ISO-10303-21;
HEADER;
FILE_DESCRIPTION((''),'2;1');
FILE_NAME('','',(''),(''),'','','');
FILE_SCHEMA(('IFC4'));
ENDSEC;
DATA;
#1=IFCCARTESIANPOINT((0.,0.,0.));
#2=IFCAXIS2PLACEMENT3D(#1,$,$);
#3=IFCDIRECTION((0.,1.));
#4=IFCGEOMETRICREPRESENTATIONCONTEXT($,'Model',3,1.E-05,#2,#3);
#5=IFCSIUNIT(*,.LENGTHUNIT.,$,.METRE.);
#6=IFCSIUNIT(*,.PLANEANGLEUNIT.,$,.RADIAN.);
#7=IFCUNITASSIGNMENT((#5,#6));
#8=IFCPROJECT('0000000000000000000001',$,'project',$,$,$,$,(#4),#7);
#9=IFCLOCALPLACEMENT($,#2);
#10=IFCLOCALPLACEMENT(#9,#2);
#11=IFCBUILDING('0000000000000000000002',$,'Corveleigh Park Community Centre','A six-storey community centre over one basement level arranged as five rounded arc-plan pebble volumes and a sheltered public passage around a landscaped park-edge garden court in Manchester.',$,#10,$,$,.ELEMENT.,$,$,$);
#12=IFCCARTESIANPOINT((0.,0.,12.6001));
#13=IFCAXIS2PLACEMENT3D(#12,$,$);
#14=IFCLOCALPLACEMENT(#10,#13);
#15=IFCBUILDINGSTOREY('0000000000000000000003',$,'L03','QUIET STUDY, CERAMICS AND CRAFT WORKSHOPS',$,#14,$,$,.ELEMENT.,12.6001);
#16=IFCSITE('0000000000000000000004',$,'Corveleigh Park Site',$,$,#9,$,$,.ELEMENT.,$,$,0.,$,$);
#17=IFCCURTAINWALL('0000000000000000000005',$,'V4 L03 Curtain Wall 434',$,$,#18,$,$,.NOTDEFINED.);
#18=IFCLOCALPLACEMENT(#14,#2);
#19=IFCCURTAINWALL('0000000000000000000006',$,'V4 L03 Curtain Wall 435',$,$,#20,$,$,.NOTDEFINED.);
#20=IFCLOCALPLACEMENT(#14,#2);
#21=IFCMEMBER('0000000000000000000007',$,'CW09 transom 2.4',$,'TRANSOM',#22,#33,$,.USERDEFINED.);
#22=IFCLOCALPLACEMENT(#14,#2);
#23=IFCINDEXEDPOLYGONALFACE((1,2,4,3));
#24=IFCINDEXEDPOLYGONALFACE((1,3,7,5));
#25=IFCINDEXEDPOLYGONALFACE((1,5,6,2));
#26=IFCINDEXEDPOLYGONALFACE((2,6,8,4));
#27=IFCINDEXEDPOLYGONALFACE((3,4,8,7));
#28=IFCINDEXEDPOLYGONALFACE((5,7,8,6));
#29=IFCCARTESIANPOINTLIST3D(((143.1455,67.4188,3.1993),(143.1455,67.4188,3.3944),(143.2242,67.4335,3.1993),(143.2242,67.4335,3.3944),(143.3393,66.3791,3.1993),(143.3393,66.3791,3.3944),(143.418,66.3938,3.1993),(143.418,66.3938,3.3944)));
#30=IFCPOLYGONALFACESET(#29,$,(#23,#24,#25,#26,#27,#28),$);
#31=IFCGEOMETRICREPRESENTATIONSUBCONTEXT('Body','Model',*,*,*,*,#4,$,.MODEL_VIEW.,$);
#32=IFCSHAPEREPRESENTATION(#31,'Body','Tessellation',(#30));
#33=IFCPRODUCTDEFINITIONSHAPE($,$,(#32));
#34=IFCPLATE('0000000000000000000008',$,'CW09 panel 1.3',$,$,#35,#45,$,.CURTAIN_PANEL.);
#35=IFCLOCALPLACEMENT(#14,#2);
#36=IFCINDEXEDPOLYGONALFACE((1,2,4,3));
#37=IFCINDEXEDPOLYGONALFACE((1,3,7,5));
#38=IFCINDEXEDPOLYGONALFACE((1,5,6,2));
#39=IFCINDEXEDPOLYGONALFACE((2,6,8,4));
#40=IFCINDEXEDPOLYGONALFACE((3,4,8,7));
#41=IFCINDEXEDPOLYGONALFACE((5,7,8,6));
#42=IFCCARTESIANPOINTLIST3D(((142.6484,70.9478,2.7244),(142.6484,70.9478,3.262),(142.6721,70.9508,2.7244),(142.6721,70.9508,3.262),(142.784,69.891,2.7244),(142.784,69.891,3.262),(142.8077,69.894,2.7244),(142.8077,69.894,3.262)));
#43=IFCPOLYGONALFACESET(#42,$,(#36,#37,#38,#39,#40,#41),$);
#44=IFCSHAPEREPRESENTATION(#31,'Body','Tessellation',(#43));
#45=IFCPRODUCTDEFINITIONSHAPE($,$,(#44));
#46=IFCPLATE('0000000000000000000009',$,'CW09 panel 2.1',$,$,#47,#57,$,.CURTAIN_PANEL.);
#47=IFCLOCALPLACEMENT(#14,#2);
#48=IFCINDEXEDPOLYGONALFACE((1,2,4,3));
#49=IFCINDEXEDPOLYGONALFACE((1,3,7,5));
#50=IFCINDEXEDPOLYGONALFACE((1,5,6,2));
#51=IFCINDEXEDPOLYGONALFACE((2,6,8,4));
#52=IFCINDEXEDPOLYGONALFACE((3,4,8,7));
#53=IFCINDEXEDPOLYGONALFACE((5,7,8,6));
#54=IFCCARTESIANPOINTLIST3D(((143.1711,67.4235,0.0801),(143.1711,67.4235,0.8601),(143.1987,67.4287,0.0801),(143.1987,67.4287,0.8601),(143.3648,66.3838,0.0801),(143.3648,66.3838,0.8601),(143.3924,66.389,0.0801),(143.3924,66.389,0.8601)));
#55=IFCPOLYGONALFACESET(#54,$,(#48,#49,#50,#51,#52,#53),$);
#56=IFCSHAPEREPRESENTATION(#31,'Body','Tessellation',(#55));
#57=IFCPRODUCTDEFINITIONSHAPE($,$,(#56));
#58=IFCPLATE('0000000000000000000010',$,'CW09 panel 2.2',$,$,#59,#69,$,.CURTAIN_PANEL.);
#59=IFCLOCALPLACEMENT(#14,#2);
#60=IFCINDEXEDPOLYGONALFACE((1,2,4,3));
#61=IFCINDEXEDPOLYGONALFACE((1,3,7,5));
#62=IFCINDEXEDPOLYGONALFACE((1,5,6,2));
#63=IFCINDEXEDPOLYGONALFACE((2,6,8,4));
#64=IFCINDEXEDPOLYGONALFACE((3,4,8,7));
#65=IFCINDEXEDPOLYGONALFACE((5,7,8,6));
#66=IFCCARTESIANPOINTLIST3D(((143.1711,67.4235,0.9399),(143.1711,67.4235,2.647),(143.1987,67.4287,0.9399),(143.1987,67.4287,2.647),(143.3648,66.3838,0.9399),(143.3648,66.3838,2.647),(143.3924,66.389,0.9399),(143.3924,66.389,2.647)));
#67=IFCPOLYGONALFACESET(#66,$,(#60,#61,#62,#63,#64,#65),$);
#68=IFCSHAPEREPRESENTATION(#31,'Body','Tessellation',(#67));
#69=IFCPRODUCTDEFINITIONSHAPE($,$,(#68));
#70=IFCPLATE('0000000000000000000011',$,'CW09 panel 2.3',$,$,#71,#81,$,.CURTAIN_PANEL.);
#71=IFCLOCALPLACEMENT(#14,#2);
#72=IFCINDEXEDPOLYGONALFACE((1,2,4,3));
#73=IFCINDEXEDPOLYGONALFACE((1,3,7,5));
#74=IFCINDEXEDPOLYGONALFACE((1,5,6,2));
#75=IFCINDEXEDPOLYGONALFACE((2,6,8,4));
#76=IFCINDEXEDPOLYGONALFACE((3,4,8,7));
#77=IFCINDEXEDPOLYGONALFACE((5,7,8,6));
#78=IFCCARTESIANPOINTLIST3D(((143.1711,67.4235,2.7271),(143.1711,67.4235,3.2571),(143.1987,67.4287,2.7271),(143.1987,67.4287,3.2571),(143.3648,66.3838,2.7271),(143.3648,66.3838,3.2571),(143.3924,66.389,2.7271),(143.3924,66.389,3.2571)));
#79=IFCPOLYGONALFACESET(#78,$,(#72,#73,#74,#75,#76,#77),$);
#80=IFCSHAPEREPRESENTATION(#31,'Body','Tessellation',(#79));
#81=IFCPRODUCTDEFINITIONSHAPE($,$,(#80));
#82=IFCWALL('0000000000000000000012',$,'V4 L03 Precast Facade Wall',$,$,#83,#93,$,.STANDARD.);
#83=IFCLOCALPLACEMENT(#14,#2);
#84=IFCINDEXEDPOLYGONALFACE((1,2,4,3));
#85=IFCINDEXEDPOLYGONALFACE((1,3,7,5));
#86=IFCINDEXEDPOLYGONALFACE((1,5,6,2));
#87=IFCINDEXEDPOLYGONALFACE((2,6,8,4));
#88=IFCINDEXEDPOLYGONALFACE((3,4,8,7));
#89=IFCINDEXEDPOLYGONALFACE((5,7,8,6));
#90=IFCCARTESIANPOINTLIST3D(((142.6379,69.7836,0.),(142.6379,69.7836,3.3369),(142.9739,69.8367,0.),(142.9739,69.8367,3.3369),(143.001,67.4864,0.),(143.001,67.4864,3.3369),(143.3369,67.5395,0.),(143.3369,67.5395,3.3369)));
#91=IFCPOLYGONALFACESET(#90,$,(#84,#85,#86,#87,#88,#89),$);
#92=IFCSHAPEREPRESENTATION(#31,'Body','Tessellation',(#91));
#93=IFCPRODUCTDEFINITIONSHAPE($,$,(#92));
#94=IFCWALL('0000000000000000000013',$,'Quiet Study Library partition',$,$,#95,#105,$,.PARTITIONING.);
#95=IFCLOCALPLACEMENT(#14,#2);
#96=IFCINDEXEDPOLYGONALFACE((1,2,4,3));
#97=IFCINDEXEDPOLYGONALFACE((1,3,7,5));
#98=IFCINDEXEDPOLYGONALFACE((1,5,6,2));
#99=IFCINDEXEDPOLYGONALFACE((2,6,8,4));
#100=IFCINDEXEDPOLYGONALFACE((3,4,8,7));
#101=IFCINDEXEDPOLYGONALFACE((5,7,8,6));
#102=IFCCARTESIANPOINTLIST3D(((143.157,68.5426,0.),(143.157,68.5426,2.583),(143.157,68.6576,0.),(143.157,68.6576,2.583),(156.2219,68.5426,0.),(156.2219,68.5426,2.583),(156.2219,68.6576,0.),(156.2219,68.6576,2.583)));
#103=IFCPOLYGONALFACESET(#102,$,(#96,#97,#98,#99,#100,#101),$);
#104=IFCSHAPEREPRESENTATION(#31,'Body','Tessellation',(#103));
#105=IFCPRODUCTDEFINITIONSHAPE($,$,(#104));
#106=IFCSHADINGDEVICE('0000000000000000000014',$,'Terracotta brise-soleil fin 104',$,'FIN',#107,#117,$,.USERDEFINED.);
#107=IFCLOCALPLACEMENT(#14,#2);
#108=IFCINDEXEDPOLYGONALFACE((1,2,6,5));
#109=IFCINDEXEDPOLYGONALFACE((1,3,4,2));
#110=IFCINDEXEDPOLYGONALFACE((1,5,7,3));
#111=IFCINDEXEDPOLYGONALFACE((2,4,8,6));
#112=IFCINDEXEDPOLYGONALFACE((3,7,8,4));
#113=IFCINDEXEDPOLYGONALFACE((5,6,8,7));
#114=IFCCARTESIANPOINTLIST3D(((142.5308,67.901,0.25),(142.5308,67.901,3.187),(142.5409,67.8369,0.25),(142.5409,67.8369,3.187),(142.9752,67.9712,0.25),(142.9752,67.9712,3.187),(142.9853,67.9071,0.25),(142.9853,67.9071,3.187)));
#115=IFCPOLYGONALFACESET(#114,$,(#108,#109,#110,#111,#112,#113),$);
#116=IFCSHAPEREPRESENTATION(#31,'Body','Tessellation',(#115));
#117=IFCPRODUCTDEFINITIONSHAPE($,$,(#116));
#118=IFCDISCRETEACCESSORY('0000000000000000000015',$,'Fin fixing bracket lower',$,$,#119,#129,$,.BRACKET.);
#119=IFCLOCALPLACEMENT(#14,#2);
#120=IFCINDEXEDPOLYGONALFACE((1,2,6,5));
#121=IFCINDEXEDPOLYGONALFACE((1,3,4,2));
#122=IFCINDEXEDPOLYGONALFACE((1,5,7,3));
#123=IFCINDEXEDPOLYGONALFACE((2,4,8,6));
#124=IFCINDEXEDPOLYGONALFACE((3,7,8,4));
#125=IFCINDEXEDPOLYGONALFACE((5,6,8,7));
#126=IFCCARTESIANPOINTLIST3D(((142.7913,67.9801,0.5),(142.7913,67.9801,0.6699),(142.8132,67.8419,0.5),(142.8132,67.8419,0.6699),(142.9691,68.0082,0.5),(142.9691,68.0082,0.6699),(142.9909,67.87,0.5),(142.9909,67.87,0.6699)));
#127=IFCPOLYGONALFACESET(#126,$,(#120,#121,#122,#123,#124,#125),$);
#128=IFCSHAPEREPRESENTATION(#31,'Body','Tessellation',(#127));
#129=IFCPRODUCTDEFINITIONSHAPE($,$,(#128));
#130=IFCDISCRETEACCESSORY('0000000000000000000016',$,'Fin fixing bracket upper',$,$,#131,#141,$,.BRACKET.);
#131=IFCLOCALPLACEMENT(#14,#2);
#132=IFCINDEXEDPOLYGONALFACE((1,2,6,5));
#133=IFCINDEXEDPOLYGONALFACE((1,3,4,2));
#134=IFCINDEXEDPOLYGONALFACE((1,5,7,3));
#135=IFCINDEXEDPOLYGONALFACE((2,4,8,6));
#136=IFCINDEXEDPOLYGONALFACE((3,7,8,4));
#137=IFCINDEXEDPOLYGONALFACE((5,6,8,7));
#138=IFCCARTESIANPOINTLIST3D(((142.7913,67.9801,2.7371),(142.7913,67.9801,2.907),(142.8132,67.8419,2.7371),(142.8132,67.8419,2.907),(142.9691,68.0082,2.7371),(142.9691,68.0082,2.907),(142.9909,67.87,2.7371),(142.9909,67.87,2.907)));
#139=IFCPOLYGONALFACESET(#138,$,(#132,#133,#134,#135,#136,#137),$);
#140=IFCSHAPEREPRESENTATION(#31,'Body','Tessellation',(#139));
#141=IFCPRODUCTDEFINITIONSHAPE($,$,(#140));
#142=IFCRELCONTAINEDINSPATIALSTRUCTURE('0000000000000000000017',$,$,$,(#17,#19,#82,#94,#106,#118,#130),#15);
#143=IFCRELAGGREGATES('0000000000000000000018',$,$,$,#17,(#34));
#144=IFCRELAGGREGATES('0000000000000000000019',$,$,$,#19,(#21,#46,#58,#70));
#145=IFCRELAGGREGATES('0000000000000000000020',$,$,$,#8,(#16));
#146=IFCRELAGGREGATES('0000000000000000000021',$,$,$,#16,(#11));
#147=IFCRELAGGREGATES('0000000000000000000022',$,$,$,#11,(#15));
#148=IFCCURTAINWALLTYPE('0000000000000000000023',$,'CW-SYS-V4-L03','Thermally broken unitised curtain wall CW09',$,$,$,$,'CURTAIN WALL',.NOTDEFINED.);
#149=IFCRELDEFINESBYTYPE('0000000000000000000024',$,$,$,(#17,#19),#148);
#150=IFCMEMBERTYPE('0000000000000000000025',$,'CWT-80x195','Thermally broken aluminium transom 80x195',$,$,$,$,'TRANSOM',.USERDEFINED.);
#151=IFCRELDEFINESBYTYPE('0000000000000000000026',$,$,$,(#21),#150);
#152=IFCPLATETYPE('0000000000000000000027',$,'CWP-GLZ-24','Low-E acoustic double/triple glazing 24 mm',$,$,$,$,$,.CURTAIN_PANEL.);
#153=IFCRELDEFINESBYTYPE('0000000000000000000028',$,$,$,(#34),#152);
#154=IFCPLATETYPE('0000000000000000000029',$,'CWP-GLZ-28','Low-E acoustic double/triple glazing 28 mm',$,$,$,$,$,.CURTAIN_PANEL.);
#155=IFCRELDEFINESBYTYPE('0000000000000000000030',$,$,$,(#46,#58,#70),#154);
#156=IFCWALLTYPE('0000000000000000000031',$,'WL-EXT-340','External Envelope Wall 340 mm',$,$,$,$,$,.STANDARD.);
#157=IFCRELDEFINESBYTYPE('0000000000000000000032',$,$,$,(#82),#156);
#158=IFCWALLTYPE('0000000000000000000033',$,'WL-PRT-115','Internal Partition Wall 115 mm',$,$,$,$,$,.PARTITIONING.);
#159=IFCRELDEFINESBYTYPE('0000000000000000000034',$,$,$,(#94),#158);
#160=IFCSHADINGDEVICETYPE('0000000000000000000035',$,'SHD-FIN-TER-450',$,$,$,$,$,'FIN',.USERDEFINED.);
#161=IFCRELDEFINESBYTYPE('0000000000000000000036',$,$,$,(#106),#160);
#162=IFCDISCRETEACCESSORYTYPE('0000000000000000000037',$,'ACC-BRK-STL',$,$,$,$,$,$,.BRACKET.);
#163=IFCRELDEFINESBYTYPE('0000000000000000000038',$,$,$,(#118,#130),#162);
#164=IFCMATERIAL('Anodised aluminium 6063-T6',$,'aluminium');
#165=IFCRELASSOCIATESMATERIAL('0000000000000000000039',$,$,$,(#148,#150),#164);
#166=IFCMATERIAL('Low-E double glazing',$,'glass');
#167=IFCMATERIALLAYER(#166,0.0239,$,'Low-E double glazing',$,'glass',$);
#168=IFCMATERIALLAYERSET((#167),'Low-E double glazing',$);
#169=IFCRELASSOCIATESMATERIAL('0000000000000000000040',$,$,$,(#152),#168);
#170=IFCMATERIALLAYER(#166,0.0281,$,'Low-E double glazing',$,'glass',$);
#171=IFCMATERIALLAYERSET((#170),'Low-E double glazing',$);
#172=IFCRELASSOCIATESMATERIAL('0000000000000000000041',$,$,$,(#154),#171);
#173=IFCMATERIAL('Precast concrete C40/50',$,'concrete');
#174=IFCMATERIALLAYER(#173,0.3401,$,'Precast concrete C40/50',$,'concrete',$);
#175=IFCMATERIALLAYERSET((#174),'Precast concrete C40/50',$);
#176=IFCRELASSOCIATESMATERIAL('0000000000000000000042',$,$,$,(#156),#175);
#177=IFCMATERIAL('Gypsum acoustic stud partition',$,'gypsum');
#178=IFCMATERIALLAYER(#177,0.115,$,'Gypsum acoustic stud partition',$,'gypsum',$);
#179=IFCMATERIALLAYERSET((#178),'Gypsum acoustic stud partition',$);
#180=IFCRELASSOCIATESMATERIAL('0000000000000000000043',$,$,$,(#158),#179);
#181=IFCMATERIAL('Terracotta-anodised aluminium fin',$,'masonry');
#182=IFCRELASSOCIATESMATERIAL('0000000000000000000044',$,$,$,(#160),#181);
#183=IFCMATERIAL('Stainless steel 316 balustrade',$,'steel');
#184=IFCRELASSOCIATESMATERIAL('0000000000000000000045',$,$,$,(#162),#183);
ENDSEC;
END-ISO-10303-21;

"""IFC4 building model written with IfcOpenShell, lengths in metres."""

from ifc_helpers import new_model, si_unit, direction, frame, frame_2d, origin, origin_2d, place, context, subcontext, project, spatial, rectangle, extrude, material, layer, layer_set, material_profile, profile_set, type_object, element, aggregate, save


model = new_model("IFC4")

# Units and contexts
model_context = context("Model", 3, precision=1e-05, world=origin(), true_north=direction((0.0, 1.0)))
body_context = subcontext(model_context, "Body", "Model", "MODEL_VIEW")
ifc_project = project(units=[si_unit("LENGTHUNIT", "METRE"), si_unit("PLANEANGLEUNIT", "RADIAN")], contexts=[model_context])

# Site, building, storey
site_placement = place(None, origin())
site = spatial("IfcSite", under=ifc_project, at=site_placement, Name="Corveleigh Park Site", CompositionType="ELEMENT", RefElevation=0.0)
building_placement = place(site_placement, origin())
building = spatial("IfcBuilding", under=site, at=building_placement, Name="Corveleigh Park Community Centre", Description="A six-storey community centre over one basement level arranged as five rounded arc-plan pebble volumes and a sheltered public passage around a landscaped park-edge garden court in Manchester.", CompositionType="ELEMENT")
storey_placement = place(building_placement, frame((0.0, 0.0, 12.6001)))
storey = spatial("IfcBuildingStorey", under=building, at=storey_placement, Name="L03", Description="QUIET STUDY, CERAMICS AND CRAFT WORKSHOPS", CompositionType="ELEMENT", Elevation=12.6001)

# Curtain wall
ifc_material_1 = material(Name="Anodised aluminium 6063-T6", Category="aluminium")
curtain_wall_type = type_object("IfcCurtainWallType", Name="CW-SYS-V4-L03", Description="Thermally broken unitised curtain wall CW09", ElementType="CURTAIN WALL", PredefinedType="NOTDEFINED", material=ifc_material_1)
curtain_wall_1_placement = place(storey_placement, origin())
curtain_wall_1 = element("IfcCurtainWall", 1, at=curtain_wall_1_placement, inside=storey, type_object=curtain_wall_type, Name="V4 L03 Curtain Wall 434", PredefinedType="NOTDEFINED")

# Curtain wall
curtain_wall_2_placement = place(storey_placement, origin())
curtain_wall_2 = element("IfcCurtainWall", 2, at=curtain_wall_2_placement, inside=storey, type_object=curtain_wall_type, Name="V4 L03 Curtain Wall 435", PredefinedType="NOTDEFINED")

# Member
ifc_material_profile_1 = material_profile(ifc_material_1, rectangle(XDim=0.0801, YDim=0.1951, at=origin_2d()), Name="ALU-T80x195", Category="aluminium")
ifc_profile_set_1 = profile_set([ifc_material_profile_1], Name="Anodised aluminium 6063-T6")
member_type_1 = type_object("IfcMemberType", Name="CWT-80x195", Description="Thermally broken aluminium transom 80x195", ElementType="TRANSOM", PredefinedType="USERDEFINED", material=ifc_profile_set_1)
member_1_placement = place(storey_placement, frame((143.3787, 66.3865, 3.2969), z_axis=(-0.183271, 0.983062, 0.0), x_axis=(-0.983062, -0.183271, 0.0)))
member_1 = element("IfcMember", 3, at=member_1_placement, type_object=member_type_1, Name="CW09 transom 2.4", ObjectType="TRANSOM", PredefinedType="USERDEFINED", context=body_context, shape_type="SweptSolid", body=[
    extrude(rectangle(XDim=0.0801, YDim=0.1951, at=origin_2d()), origin(), (0.0, 0.0, 1.0), 1.0576),
])

# Plates
ifc_material_2 = material(Name="Low-E double glazing", Category="glass")
ifc_layer_1 = layer(ifc_material_2, 0.0239, Name="Low-E double glazing", Category="glass")
ifc_layer_set_1 = layer_set([ifc_layer_1], Name="Low-E double glazing")
plate_type_1 = type_object("IfcPlateType", Name="CWP-GLZ-24", Description="Low-E acoustic double/triple glazing 24 mm", PredefinedType="CURTAIN_PANEL", material=ifc_layer_set_1)
plate_1_placement = place(storey_placement, frame((142.728, 70.4209, 2.7244), z_axis=(0.0, 0.0, 1.0), x_axis=(-0.127262, 0.991869, 0.0)))
plate_1 = element("IfcPlate", 4, at=plate_1_placement, type_object=plate_type_1, Name="CW09 panel 1.3", PredefinedType="CURTAIN_PANEL", context=body_context, shape_type="SweptSolid", body=[
    extrude(rectangle(XDim=1.0654, YDim=0.0239, at=origin_2d()), origin(), (0.0, 0.0, 1.0), 0.5376),
])
aggregate(curtain_wall_1, [plate_1])
ifc_layer_2 = layer(ifc_material_2, 0.0281, Name="Low-E double glazing", Category="glass")
ifc_layer_set_2 = layer_set([ifc_layer_2], Name="Low-E double glazing")
plate_type_2 = type_object("IfcPlateType", Name="CWP-GLZ-28", Description="Low-E acoustic double/triple glazing 28 mm", PredefinedType="CURTAIN_PANEL", material=ifc_layer_set_2)
plate_2_placement = place(storey_placement, frame((143.2817, 66.9062, 0.0801), z_axis=(0.0, 0.0, 1.0), x_axis=(-0.183198, 0.983076, 0.0)))
plate_2 = element("IfcPlate", 5, at=plate_2_placement, type_object=plate_type_2, Name="CW09 panel 2.1", PredefinedType="CURTAIN_PANEL", context=body_context, shape_type="SweptSolid", body=[
    extrude(rectangle(XDim=1.0576, YDim=0.0281, at=origin_2d()), origin(), (0.0, 0.0, 1.0), 0.78),
])
plate_3_placement = place(storey_placement, frame((143.2817, 66.9062, 0.9399), z_axis=(0.0, 0.0, 1.0), x_axis=(-0.183198, 0.983076, 0.0)))
plate_3 = element("IfcPlate", 6, at=plate_3_placement, type_object=plate_type_2, Name="CW09 panel 2.2", PredefinedType="CURTAIN_PANEL", context=body_context, shape_type="SweptSolid", body=[
    extrude(rectangle(XDim=1.0576, YDim=0.0281, at=origin_2d()), origin(), (0.0, 0.0, 1.0), 1.707),
])
plate_4_placement = place(storey_placement, frame((143.2817, 66.9062, 2.7271), z_axis=(0.0, 0.0, 1.0), x_axis=(-0.183198, 0.983076, 0.0)))
plate_4 = element("IfcPlate", 7, at=plate_4_placement, type_object=plate_type_2, Name="CW09 panel 2.3", PredefinedType="CURTAIN_PANEL", context=body_context, shape_type="SweptSolid", body=[
    extrude(rectangle(XDim=1.0576, YDim=0.0281, at=origin_2d()), origin(), (0.0, 0.0, 1.0), 0.53),
])
aggregate(curtain_wall_2, [member_1, plate_2, plate_3, plate_4])

# Walls
ifc_material_3 = material(Name="Precast concrete C40/50", Category="concrete")
ifc_layer_3 = layer(ifc_material_3, 0.3401, Name="Precast concrete C40/50", Category="concrete")
ifc_layer_set_3 = layer_set([ifc_layer_3], Name="Precast concrete C40/50")
wall_type_1 = type_object("IfcWallType", Name="WL-EXT-340", Description="External Envelope Wall 340 mm", PredefinedType="STANDARD", material=ifc_layer_set_3)
wall_1_placement = place(storey_placement, frame((143.1689, 67.5129, 0.0), z_axis=(0.0, 0.0, 1.0), x_axis=(-0.156103, 0.987741, 0.0)))
element("IfcWall", 8, at=wall_1_placement, inside=storey, type_object=wall_type_1, Name="V4 L03 Precast Facade Wall", PredefinedType="STANDARD", context=body_context, shape_type="SweptSolid", body=[
    extrude(rectangle(XDim=2.3257, YDim=0.3401, at=frame_2d((1.1628, 0.0))), origin(), (0.0, 0.0, 1.0), 3.3369),
])
ifc_material_4 = material(Name="Gypsum acoustic stud partition", Category="gypsum")
ifc_layer_4 = layer(ifc_material_4, 0.115, Name="Gypsum acoustic stud partition", Category="gypsum")
ifc_layer_set_4 = layer_set([ifc_layer_4], Name="Gypsum acoustic stud partition")
wall_type_2 = type_object("IfcWallType", Name="WL-PRT-115", Description="Internal Partition Wall 115 mm", PredefinedType="PARTITIONING", material=ifc_layer_set_4)
wall_2_placement = place(storey_placement, frame((143.157, 68.6001, 0.0), z_axis=(0.0, 0.0, 1.0), x_axis=(1.0, 0.0, 0.0)))
element("IfcWall", 9, at=wall_2_placement, inside=storey, type_object=wall_type_2, Name="Quiet Study Library partition", PredefinedType="PARTITIONING", context=body_context, shape_type="SweptSolid", body=[
    extrude(rectangle(XDim=13.0649, YDim=0.115, at=frame_2d((6.5325, 0.0))), origin(), (0.0, 0.0, 1.0), 2.583),
])

# Shading device
ifc_material_5 = material(Name="Terracotta-anodised aluminium fin", Category="masonry")
shading_device_type = type_object("IfcShadingDeviceType", Name="SHD-FIN-TER-450", ElementType="FIN", PredefinedType="USERDEFINED", material=ifc_material_5)
shading_device_placement = place(storey_placement, frame((142.7581, 67.9041, 0.25), z_axis=(0.0, 0.0, 1.0), x_axis=(-0.987742, -0.156095, 0.0)))
element("IfcShadingDevice", 10, at=shading_device_placement, inside=storey, type_object=shading_device_type, Name="Terracotta brise-soleil fin 104", ObjectType="FIN", PredefinedType="USERDEFINED", context=body_context, shape_type="SweptSolid", body=[
    extrude(rectangle(XDim=0.45, YDim=0.0649, at=origin_2d()), origin(), (0.0, 0.0, 1.0), 2.937),
])

# Discrete accessories
ifc_material_6 = material(Name="Stainless steel 316 balustrade", Category="steel")
discrete_accessory_type = type_object("IfcDiscreteAccessoryType", Name="ACC-BRK-STL", PredefinedType="BRACKET", material=ifc_material_6)
for number, where, z_axis, x_axis, name in (
    (11, (142.8911, 67.925, 0.5), (0.0, 0.0, 1.0), (-0.987742, -0.156095, 0.0), "Fin fixing bracket lower"),
    (12, (142.8911, 67.925, 2.7371), (0.0, 0.0, 1.0), (-0.987742, -0.156095, 0.0), "Fin fixing bracket upper"),
):
    element("IfcDiscreteAccessory", number, at=place(storey_placement, frame(where, z_axis=z_axis, x_axis=x_axis)), inside=storey, type_object=discrete_accessory_type, Name=name, PredefinedType="BRACKET", context=body_context, shape_type="SweptSolid", body=[
        extrude(rectangle(XDim=0.1799, YDim=0.1399, at=origin_2d()), origin(), (0.0, 0.0, 1.0), 0.1699),
    ])

save(model, "model.ifc")
